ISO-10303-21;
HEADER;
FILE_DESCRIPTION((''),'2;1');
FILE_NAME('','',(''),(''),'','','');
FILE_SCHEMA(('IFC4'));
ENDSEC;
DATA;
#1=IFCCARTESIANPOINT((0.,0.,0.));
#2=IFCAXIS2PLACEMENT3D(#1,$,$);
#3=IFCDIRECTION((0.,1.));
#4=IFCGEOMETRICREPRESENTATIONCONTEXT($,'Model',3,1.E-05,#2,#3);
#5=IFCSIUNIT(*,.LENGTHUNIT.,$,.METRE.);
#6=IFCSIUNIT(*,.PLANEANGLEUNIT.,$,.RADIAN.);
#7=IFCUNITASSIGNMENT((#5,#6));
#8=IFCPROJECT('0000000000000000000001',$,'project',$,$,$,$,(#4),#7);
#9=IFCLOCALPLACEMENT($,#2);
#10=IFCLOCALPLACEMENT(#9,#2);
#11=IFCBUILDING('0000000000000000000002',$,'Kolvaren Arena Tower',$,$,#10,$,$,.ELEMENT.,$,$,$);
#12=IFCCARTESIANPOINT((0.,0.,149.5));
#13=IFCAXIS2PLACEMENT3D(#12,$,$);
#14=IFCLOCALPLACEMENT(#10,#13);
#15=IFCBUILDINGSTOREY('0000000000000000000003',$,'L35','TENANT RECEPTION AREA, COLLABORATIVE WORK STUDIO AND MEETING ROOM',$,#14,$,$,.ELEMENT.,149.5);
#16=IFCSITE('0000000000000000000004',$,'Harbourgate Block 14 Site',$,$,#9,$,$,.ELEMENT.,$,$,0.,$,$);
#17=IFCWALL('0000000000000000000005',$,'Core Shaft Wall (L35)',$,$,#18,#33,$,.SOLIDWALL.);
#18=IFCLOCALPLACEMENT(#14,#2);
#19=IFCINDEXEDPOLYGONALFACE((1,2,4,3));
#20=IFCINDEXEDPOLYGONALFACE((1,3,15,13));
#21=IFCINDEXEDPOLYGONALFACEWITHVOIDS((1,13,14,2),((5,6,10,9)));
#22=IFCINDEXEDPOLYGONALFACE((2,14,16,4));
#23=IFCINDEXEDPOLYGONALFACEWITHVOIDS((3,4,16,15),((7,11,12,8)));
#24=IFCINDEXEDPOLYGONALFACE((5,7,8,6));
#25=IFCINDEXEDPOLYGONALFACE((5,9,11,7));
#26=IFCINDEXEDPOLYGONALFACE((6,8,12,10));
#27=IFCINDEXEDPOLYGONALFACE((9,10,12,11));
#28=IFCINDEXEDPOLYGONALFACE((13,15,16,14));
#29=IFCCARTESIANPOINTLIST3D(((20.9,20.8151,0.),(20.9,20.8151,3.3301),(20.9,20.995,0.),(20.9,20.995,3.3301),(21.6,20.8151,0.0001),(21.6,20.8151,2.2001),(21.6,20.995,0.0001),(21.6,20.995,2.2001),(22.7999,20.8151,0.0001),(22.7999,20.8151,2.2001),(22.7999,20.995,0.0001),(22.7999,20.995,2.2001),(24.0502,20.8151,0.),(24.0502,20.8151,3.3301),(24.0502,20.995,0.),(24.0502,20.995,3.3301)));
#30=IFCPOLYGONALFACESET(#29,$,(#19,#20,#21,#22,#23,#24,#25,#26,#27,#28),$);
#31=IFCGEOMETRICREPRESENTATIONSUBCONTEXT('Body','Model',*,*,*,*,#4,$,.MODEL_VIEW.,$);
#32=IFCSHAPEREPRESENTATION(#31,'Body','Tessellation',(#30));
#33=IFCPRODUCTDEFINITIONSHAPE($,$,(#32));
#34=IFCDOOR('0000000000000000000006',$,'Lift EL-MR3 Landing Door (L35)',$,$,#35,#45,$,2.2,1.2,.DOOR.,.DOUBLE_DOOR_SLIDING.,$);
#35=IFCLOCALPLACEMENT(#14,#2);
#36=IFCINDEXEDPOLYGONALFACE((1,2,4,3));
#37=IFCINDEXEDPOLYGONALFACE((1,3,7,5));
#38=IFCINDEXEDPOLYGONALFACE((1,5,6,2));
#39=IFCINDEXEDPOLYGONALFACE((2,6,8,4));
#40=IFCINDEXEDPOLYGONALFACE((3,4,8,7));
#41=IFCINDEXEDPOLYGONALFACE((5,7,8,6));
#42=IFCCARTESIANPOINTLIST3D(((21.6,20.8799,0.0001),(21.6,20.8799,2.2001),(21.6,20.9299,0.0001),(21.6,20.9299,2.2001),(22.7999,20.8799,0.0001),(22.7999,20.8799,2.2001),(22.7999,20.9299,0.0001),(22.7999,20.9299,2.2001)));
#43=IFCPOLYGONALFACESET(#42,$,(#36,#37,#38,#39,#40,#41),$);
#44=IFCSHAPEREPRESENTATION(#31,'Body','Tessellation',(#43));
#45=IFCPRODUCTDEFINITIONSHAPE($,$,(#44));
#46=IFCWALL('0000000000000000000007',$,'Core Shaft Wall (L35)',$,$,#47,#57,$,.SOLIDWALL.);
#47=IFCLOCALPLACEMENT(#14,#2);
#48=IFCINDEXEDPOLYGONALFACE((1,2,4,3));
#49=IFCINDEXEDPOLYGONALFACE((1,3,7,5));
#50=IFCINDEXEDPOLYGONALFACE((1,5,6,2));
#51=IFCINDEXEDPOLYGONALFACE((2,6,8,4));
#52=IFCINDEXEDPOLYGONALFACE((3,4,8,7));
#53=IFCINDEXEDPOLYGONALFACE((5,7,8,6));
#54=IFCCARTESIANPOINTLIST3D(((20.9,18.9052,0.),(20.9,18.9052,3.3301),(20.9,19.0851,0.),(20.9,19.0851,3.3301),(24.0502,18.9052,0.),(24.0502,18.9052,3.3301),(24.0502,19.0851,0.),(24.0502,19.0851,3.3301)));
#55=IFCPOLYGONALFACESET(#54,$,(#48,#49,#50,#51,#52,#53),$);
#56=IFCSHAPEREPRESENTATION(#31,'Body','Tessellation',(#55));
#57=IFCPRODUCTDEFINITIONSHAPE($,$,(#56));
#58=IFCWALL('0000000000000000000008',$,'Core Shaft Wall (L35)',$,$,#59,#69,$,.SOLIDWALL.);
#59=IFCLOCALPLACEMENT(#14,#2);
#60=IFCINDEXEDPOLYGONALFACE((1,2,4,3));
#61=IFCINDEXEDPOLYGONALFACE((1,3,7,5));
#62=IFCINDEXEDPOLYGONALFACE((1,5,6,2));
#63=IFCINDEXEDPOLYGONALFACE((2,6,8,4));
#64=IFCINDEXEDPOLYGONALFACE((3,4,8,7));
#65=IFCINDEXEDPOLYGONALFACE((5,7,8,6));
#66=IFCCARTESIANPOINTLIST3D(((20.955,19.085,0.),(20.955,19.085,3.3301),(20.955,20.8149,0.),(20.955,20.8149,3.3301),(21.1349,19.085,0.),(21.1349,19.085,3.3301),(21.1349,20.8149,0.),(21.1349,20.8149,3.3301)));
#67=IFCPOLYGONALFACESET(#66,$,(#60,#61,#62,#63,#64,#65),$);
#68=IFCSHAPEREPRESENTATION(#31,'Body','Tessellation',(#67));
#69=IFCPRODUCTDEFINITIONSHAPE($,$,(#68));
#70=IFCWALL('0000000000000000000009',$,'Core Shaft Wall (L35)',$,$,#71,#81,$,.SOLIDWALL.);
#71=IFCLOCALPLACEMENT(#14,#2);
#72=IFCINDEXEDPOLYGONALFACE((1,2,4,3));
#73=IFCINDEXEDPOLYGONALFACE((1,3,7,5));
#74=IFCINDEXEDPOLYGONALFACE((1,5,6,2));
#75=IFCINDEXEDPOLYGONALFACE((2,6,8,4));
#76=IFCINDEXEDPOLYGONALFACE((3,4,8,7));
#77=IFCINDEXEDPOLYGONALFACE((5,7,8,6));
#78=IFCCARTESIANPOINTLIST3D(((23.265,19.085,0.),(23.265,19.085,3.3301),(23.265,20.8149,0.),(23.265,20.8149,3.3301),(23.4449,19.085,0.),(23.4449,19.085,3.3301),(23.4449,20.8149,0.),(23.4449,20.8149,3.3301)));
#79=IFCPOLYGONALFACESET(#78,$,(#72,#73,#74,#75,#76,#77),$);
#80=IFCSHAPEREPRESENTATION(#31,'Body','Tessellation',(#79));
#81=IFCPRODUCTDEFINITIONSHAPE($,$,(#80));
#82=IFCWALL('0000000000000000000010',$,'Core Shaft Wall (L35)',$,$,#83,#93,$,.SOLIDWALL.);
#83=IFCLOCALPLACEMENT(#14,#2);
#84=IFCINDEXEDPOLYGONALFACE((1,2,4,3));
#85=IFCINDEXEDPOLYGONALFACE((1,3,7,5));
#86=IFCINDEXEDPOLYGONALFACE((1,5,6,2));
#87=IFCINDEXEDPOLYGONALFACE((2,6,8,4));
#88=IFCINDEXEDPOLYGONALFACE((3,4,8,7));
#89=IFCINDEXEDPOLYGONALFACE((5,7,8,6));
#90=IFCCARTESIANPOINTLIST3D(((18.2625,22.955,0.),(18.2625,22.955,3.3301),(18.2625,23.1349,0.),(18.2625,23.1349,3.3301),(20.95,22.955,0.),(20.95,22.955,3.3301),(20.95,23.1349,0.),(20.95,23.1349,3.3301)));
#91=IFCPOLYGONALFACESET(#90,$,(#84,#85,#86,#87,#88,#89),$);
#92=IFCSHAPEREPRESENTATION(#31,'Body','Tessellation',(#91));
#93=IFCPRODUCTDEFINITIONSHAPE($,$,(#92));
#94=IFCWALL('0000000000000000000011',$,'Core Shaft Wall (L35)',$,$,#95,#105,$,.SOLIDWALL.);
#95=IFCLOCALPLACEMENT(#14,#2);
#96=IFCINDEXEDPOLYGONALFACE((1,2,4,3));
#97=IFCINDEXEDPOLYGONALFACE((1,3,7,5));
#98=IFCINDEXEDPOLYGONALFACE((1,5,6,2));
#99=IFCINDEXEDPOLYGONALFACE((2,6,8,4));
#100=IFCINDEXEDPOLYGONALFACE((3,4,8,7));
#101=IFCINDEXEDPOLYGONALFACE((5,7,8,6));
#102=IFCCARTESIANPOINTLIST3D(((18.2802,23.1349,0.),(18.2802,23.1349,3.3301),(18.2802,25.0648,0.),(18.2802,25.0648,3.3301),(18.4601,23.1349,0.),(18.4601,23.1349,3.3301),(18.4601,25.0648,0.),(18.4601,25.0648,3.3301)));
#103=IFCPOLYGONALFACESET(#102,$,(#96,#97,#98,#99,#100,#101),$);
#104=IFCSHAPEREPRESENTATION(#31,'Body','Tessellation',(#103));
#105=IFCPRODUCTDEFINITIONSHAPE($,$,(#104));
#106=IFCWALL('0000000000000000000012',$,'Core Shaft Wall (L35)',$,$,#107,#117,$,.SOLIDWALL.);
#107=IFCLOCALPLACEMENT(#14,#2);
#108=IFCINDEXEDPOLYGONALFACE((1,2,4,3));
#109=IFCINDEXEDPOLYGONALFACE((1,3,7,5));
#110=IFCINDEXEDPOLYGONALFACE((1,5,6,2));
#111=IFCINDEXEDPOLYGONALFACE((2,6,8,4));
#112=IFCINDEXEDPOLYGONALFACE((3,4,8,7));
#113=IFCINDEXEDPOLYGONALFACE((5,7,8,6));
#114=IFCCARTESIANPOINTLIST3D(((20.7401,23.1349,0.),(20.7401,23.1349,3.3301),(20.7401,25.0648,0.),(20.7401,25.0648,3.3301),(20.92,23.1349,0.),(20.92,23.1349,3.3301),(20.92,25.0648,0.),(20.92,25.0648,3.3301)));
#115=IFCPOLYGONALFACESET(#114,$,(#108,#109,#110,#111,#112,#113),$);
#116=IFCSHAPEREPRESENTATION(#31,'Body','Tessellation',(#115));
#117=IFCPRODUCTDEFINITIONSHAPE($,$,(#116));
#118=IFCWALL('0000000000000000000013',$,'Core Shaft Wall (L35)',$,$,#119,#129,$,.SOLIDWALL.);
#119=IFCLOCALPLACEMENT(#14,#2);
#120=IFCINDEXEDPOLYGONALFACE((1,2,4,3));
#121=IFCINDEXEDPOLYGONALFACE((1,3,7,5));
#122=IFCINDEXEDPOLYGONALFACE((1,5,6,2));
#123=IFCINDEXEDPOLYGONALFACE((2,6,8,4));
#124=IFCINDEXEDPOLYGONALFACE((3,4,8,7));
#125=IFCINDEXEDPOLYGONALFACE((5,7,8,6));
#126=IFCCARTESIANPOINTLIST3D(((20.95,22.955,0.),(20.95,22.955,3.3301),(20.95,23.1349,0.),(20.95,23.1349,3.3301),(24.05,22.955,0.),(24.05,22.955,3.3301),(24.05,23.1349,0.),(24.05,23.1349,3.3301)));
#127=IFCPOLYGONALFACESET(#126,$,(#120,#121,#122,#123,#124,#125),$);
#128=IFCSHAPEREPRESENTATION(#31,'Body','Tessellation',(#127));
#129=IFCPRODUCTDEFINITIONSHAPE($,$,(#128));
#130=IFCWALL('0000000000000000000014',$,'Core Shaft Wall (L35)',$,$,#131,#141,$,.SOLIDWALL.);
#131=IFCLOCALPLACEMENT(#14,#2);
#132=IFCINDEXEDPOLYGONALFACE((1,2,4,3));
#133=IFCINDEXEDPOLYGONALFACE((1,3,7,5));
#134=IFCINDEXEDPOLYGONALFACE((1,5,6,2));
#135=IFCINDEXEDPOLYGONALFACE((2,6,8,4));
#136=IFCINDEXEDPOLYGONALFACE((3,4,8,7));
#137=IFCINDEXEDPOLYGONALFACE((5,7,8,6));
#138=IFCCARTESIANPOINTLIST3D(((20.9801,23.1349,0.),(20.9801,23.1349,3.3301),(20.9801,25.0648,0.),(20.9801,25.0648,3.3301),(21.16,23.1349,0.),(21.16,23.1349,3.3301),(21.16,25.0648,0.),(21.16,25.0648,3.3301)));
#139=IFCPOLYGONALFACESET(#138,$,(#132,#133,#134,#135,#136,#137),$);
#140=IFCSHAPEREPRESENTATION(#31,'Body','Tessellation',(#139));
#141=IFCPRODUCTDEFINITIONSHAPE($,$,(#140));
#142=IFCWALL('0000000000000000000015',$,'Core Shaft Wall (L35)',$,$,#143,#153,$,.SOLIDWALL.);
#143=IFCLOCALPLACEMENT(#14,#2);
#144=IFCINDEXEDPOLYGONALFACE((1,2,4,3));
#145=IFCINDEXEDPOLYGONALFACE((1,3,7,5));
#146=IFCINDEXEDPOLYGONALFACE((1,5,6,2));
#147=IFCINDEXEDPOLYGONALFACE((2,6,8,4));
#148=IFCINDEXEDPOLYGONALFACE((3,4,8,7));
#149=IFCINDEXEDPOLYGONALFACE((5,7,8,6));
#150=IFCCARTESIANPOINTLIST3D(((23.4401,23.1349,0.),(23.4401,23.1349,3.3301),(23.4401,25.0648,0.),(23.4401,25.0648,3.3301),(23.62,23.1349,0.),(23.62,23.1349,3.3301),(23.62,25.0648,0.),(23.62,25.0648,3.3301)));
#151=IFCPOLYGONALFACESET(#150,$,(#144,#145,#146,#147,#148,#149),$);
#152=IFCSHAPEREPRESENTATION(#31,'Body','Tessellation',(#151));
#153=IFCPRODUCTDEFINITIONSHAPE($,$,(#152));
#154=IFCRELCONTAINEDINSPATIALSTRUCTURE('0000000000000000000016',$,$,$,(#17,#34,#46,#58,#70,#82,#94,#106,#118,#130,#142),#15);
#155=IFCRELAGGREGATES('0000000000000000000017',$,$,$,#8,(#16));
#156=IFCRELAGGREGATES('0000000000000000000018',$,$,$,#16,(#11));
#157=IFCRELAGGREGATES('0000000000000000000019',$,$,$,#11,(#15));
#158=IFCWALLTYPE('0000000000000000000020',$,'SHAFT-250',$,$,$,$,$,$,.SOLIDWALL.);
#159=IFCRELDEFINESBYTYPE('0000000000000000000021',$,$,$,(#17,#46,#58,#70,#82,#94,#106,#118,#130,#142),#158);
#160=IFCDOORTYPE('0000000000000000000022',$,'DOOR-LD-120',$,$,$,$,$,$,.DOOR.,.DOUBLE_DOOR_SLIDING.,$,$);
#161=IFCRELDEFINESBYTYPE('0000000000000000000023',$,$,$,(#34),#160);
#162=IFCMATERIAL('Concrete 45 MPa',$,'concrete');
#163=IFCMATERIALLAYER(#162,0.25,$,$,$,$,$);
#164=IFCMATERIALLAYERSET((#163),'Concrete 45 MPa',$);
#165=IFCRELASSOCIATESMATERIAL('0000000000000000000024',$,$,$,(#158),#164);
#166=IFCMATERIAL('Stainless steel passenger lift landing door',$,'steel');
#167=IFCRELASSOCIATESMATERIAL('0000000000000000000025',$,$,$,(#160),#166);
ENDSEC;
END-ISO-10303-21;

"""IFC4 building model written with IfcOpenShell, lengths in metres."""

from ifc_helpers import new_model, si_unit, direction, frame, frame_2d, origin, place, context, subcontext, project, spatial, rectangle, extrude, material, layer, layer_set, type_object, element, fill, save


model = new_model("IFC4")

# Units and contexts
model_context = context("Model", 3, precision=1e-05, world=origin(), true_north=direction((0.0, 1.0)))
body_context = subcontext(model_context, "Body", "Model", "MODEL_VIEW")
ifc_project = project(units=[si_unit("LENGTHUNIT", "METRE"), si_unit("PLANEANGLEUNIT", "RADIAN")], contexts=[model_context])

# Site, building, storey
site_placement = place(None, origin())
site = spatial("IfcSite", under=ifc_project, at=site_placement, Name="Harbourgate Block 14 Site", CompositionType="ELEMENT", RefElevation=0.0)
building_placement = place(site_placement, origin())
building = spatial("IfcBuilding", under=site, at=building_placement, Name="Kolvaren Arena Tower", CompositionType="ELEMENT")
storey_placement = place(building_placement, frame((0.0, 0.0, 149.5)))
storey = spatial("IfcBuildingStorey", under=building, at=storey_placement, Name="L35", Description="TENANT RECEPTION AREA, COLLABORATIVE WORK STUDIO AND MEETING ROOM", CompositionType="ELEMENT", Elevation=149.5)

# Shared definitions
ifc_material_1 = material(Name="Concrete 45 MPa", Category="concrete")
ifc_layer_1 = layer(ifc_material_1, 0.25)
ifc_layer_set_1 = layer_set([ifc_layer_1], Name="Concrete 45 MPa")
wall_type_1 = type_object("IfcWallType", Name="SHAFT-250", PredefinedType="SOLIDWALL", material=ifc_layer_set_1)

# Shared definitions
ifc_material_2 = material(Name="Stainless steel passenger lift landing door", Category="steel")
door_type_1 = type_object("IfcDoorType", Name="DOOR-LD-120", OperationType="DOUBLE_DOOR_SLIDING", PredefinedType="DOOR", material=ifc_material_2)

# Wall, opening, door
wall_1_placement = place(storey_placement, frame((20.8999, 20.905, 0.0), z_axis=(0.0, 0.0, 1.0), x_axis=(1.0, 0.0, 0.0)))
wall_1 = element("IfcWall", 1, at=wall_1_placement, inside=storey, type_object=wall_type_1, Name="Core Shaft Wall (L35)", PredefinedType="SOLIDWALL", context=body_context, shape_type="SweptSolid", body=[
    extrude(rectangle(XDim=3.1501, YDim=0.1799, at=frame_2d((1.5752, 0.0))), origin(), (0.0, 0.0, 1.0), 3.3301),
])
opening_1_placement = place(wall_1_placement, frame((0.7, 0.0, 0.0)))
opening_1 = element("IfcOpeningElement", 2, at=opening_1_placement, cuts=wall_1, PredefinedType="OPENING", context=body_context, shape_type="SweptSolid", body=[
    extrude(rectangle(XDim=1.2, YDim=2.2, at=frame_2d((0.6001, 1.1001))), frame((0.0, 0.0999, 0.0), z_axis=(0.0, -1.0, 0.0), x_axis=(1.0, 0.0, 0.0)), (0.0, 0.0, 1.0), 0.2),
])
door_1_placement = place(opening_1_placement, origin())
door_1 = element("IfcDoor", 3, at=door_1_placement, inside=storey, type_object=door_type_1, Name="Lift EL-MR3 Landing Door (L35)", OperationType="DOUBLE_DOOR_SLIDING", OverallHeight=2.2, OverallWidth=1.2, PredefinedType="DOOR", context=body_context, shape_type="SweptSolid", body=[
    extrude(rectangle(XDim=1.2, YDim=2.2, at=frame_2d((0.6001, 1.1001))), frame((0.0, 0.0249, 0.0), z_axis=(0.0, -1.0, 0.0), x_axis=(1.0, 0.0, 0.0)), (0.0, 0.0, 1.0), 0.05),
])
fill(opening_1, door_1)

# Walls
wall_2_placement = place(storey_placement, frame((20.8999, 18.9951, 0.0), z_axis=(0.0, 0.0, 1.0), x_axis=(1.0, 0.0, 0.0)))
element("IfcWall", 4, at=wall_2_placement, inside=storey, type_object=wall_type_1, Name="Core Shaft Wall (L35)", PredefinedType="SOLIDWALL", context=body_context, shape_type="SweptSolid", body=[
    extrude(rectangle(XDim=3.1501, YDim=0.1799, at=frame_2d((1.5752, 0.0))), origin(), (0.0, 0.0, 1.0), 3.3301),
])
for number, where, z_axis, x_axis, name in (
    (5, (21.0449, 19.085, 0.0), (0.0, 0.0, 1.0), (0.0, 1.0, 0.0), "Core Shaft Wall (L35)"),
    (6, (23.355, 19.085, 0.0), (0.0, 0.0, 1.0), (0.0, 1.0, 0.0), "Core Shaft Wall (L35)"),
):
    element("IfcWall", number, at=place(storey_placement, frame(where, z_axis=z_axis, x_axis=x_axis)), inside=storey, type_object=wall_type_1, Name=name, PredefinedType="SOLIDWALL", context=body_context, shape_type="SweptSolid", body=[
        extrude(rectangle(XDim=1.73, YDim=0.1799, at=frame_2d((0.865, 0.0))), origin(), (0.0, 0.0, 1.0), 3.3301),
    ])
wall_3_placement = place(storey_placement, frame((18.2625, 23.0449, 0.0), z_axis=(0.0, 0.0, 1.0), x_axis=(1.0, 0.0, 0.0)))
element("IfcWall", 7, at=wall_3_placement, inside=storey, type_object=wall_type_1, Name="Core Shaft Wall (L35)", PredefinedType="SOLIDWALL", context=body_context, shape_type="SweptSolid", body=[
    extrude(rectangle(XDim=2.6875, YDim=0.1799, at=frame_2d((1.3438, 0.0))), origin(), (0.0, 0.0, 1.0), 3.3301),
])
for number, where, z_axis, x_axis, name in (
    (8, (18.3701, 23.135, 0.0), (0.0, 0.0, 1.0), (0.0, 1.0, 0.0), "Core Shaft Wall (L35)"),
    (9, (20.8301, 23.135, 0.0), (0.0, 0.0, 1.0), (0.0, 1.0, 0.0), "Core Shaft Wall (L35)"),
):
    element("IfcWall", number, at=place(storey_placement, frame(where, z_axis=z_axis, x_axis=x_axis)), inside=storey, type_object=wall_type_1, Name=name, PredefinedType="SOLIDWALL", context=body_context, shape_type="SweptSolid", body=[
        extrude(rectangle(XDim=1.9299, YDim=0.1799, at=frame_2d((0.9648, 0.0))), origin(), (0.0, 0.0, 1.0), 3.3301),
    ])
wall_4_placement = place(storey_placement, frame((20.95, 23.0449, 0.0), z_axis=(0.0, 0.0, 1.0), x_axis=(1.0, 0.0, 0.0)))
element("IfcWall", 10, at=wall_4_placement, inside=storey, type_object=wall_type_1, Name="Core Shaft Wall (L35)", PredefinedType="SOLIDWALL", context=body_context, shape_type="SweptSolid", body=[
    extrude(rectangle(XDim=3.1001, YDim=0.1799, at=frame_2d((1.55, 0.0))), origin(), (0.0, 0.0, 1.0), 3.3301),
])
for number, where, z_axis, x_axis, name in (
    (11, (21.0701, 23.135, 0.0), (0.0, 0.0, 1.0), (0.0, 1.0, 0.0), "Core Shaft Wall (L35)"),
    (12, (23.53, 23.135, 0.0), (0.0, 0.0, 1.0), (0.0, 1.0, 0.0), "Core Shaft Wall (L35)"),
):
    element("IfcWall", number, at=place(storey_placement, frame(where, z_axis=z_axis, x_axis=x_axis)), inside=storey, type_object=wall_type_1, Name=name, PredefinedType="SOLIDWALL", context=body_context, shape_type="SweptSolid", body=[
        extrude(rectangle(XDim=1.9299, YDim=0.1799, at=frame_2d((0.9648, 0.0))), origin(), (0.0, 0.0, 1.0), 3.3301),
    ])

save(model, "model.ifc")
